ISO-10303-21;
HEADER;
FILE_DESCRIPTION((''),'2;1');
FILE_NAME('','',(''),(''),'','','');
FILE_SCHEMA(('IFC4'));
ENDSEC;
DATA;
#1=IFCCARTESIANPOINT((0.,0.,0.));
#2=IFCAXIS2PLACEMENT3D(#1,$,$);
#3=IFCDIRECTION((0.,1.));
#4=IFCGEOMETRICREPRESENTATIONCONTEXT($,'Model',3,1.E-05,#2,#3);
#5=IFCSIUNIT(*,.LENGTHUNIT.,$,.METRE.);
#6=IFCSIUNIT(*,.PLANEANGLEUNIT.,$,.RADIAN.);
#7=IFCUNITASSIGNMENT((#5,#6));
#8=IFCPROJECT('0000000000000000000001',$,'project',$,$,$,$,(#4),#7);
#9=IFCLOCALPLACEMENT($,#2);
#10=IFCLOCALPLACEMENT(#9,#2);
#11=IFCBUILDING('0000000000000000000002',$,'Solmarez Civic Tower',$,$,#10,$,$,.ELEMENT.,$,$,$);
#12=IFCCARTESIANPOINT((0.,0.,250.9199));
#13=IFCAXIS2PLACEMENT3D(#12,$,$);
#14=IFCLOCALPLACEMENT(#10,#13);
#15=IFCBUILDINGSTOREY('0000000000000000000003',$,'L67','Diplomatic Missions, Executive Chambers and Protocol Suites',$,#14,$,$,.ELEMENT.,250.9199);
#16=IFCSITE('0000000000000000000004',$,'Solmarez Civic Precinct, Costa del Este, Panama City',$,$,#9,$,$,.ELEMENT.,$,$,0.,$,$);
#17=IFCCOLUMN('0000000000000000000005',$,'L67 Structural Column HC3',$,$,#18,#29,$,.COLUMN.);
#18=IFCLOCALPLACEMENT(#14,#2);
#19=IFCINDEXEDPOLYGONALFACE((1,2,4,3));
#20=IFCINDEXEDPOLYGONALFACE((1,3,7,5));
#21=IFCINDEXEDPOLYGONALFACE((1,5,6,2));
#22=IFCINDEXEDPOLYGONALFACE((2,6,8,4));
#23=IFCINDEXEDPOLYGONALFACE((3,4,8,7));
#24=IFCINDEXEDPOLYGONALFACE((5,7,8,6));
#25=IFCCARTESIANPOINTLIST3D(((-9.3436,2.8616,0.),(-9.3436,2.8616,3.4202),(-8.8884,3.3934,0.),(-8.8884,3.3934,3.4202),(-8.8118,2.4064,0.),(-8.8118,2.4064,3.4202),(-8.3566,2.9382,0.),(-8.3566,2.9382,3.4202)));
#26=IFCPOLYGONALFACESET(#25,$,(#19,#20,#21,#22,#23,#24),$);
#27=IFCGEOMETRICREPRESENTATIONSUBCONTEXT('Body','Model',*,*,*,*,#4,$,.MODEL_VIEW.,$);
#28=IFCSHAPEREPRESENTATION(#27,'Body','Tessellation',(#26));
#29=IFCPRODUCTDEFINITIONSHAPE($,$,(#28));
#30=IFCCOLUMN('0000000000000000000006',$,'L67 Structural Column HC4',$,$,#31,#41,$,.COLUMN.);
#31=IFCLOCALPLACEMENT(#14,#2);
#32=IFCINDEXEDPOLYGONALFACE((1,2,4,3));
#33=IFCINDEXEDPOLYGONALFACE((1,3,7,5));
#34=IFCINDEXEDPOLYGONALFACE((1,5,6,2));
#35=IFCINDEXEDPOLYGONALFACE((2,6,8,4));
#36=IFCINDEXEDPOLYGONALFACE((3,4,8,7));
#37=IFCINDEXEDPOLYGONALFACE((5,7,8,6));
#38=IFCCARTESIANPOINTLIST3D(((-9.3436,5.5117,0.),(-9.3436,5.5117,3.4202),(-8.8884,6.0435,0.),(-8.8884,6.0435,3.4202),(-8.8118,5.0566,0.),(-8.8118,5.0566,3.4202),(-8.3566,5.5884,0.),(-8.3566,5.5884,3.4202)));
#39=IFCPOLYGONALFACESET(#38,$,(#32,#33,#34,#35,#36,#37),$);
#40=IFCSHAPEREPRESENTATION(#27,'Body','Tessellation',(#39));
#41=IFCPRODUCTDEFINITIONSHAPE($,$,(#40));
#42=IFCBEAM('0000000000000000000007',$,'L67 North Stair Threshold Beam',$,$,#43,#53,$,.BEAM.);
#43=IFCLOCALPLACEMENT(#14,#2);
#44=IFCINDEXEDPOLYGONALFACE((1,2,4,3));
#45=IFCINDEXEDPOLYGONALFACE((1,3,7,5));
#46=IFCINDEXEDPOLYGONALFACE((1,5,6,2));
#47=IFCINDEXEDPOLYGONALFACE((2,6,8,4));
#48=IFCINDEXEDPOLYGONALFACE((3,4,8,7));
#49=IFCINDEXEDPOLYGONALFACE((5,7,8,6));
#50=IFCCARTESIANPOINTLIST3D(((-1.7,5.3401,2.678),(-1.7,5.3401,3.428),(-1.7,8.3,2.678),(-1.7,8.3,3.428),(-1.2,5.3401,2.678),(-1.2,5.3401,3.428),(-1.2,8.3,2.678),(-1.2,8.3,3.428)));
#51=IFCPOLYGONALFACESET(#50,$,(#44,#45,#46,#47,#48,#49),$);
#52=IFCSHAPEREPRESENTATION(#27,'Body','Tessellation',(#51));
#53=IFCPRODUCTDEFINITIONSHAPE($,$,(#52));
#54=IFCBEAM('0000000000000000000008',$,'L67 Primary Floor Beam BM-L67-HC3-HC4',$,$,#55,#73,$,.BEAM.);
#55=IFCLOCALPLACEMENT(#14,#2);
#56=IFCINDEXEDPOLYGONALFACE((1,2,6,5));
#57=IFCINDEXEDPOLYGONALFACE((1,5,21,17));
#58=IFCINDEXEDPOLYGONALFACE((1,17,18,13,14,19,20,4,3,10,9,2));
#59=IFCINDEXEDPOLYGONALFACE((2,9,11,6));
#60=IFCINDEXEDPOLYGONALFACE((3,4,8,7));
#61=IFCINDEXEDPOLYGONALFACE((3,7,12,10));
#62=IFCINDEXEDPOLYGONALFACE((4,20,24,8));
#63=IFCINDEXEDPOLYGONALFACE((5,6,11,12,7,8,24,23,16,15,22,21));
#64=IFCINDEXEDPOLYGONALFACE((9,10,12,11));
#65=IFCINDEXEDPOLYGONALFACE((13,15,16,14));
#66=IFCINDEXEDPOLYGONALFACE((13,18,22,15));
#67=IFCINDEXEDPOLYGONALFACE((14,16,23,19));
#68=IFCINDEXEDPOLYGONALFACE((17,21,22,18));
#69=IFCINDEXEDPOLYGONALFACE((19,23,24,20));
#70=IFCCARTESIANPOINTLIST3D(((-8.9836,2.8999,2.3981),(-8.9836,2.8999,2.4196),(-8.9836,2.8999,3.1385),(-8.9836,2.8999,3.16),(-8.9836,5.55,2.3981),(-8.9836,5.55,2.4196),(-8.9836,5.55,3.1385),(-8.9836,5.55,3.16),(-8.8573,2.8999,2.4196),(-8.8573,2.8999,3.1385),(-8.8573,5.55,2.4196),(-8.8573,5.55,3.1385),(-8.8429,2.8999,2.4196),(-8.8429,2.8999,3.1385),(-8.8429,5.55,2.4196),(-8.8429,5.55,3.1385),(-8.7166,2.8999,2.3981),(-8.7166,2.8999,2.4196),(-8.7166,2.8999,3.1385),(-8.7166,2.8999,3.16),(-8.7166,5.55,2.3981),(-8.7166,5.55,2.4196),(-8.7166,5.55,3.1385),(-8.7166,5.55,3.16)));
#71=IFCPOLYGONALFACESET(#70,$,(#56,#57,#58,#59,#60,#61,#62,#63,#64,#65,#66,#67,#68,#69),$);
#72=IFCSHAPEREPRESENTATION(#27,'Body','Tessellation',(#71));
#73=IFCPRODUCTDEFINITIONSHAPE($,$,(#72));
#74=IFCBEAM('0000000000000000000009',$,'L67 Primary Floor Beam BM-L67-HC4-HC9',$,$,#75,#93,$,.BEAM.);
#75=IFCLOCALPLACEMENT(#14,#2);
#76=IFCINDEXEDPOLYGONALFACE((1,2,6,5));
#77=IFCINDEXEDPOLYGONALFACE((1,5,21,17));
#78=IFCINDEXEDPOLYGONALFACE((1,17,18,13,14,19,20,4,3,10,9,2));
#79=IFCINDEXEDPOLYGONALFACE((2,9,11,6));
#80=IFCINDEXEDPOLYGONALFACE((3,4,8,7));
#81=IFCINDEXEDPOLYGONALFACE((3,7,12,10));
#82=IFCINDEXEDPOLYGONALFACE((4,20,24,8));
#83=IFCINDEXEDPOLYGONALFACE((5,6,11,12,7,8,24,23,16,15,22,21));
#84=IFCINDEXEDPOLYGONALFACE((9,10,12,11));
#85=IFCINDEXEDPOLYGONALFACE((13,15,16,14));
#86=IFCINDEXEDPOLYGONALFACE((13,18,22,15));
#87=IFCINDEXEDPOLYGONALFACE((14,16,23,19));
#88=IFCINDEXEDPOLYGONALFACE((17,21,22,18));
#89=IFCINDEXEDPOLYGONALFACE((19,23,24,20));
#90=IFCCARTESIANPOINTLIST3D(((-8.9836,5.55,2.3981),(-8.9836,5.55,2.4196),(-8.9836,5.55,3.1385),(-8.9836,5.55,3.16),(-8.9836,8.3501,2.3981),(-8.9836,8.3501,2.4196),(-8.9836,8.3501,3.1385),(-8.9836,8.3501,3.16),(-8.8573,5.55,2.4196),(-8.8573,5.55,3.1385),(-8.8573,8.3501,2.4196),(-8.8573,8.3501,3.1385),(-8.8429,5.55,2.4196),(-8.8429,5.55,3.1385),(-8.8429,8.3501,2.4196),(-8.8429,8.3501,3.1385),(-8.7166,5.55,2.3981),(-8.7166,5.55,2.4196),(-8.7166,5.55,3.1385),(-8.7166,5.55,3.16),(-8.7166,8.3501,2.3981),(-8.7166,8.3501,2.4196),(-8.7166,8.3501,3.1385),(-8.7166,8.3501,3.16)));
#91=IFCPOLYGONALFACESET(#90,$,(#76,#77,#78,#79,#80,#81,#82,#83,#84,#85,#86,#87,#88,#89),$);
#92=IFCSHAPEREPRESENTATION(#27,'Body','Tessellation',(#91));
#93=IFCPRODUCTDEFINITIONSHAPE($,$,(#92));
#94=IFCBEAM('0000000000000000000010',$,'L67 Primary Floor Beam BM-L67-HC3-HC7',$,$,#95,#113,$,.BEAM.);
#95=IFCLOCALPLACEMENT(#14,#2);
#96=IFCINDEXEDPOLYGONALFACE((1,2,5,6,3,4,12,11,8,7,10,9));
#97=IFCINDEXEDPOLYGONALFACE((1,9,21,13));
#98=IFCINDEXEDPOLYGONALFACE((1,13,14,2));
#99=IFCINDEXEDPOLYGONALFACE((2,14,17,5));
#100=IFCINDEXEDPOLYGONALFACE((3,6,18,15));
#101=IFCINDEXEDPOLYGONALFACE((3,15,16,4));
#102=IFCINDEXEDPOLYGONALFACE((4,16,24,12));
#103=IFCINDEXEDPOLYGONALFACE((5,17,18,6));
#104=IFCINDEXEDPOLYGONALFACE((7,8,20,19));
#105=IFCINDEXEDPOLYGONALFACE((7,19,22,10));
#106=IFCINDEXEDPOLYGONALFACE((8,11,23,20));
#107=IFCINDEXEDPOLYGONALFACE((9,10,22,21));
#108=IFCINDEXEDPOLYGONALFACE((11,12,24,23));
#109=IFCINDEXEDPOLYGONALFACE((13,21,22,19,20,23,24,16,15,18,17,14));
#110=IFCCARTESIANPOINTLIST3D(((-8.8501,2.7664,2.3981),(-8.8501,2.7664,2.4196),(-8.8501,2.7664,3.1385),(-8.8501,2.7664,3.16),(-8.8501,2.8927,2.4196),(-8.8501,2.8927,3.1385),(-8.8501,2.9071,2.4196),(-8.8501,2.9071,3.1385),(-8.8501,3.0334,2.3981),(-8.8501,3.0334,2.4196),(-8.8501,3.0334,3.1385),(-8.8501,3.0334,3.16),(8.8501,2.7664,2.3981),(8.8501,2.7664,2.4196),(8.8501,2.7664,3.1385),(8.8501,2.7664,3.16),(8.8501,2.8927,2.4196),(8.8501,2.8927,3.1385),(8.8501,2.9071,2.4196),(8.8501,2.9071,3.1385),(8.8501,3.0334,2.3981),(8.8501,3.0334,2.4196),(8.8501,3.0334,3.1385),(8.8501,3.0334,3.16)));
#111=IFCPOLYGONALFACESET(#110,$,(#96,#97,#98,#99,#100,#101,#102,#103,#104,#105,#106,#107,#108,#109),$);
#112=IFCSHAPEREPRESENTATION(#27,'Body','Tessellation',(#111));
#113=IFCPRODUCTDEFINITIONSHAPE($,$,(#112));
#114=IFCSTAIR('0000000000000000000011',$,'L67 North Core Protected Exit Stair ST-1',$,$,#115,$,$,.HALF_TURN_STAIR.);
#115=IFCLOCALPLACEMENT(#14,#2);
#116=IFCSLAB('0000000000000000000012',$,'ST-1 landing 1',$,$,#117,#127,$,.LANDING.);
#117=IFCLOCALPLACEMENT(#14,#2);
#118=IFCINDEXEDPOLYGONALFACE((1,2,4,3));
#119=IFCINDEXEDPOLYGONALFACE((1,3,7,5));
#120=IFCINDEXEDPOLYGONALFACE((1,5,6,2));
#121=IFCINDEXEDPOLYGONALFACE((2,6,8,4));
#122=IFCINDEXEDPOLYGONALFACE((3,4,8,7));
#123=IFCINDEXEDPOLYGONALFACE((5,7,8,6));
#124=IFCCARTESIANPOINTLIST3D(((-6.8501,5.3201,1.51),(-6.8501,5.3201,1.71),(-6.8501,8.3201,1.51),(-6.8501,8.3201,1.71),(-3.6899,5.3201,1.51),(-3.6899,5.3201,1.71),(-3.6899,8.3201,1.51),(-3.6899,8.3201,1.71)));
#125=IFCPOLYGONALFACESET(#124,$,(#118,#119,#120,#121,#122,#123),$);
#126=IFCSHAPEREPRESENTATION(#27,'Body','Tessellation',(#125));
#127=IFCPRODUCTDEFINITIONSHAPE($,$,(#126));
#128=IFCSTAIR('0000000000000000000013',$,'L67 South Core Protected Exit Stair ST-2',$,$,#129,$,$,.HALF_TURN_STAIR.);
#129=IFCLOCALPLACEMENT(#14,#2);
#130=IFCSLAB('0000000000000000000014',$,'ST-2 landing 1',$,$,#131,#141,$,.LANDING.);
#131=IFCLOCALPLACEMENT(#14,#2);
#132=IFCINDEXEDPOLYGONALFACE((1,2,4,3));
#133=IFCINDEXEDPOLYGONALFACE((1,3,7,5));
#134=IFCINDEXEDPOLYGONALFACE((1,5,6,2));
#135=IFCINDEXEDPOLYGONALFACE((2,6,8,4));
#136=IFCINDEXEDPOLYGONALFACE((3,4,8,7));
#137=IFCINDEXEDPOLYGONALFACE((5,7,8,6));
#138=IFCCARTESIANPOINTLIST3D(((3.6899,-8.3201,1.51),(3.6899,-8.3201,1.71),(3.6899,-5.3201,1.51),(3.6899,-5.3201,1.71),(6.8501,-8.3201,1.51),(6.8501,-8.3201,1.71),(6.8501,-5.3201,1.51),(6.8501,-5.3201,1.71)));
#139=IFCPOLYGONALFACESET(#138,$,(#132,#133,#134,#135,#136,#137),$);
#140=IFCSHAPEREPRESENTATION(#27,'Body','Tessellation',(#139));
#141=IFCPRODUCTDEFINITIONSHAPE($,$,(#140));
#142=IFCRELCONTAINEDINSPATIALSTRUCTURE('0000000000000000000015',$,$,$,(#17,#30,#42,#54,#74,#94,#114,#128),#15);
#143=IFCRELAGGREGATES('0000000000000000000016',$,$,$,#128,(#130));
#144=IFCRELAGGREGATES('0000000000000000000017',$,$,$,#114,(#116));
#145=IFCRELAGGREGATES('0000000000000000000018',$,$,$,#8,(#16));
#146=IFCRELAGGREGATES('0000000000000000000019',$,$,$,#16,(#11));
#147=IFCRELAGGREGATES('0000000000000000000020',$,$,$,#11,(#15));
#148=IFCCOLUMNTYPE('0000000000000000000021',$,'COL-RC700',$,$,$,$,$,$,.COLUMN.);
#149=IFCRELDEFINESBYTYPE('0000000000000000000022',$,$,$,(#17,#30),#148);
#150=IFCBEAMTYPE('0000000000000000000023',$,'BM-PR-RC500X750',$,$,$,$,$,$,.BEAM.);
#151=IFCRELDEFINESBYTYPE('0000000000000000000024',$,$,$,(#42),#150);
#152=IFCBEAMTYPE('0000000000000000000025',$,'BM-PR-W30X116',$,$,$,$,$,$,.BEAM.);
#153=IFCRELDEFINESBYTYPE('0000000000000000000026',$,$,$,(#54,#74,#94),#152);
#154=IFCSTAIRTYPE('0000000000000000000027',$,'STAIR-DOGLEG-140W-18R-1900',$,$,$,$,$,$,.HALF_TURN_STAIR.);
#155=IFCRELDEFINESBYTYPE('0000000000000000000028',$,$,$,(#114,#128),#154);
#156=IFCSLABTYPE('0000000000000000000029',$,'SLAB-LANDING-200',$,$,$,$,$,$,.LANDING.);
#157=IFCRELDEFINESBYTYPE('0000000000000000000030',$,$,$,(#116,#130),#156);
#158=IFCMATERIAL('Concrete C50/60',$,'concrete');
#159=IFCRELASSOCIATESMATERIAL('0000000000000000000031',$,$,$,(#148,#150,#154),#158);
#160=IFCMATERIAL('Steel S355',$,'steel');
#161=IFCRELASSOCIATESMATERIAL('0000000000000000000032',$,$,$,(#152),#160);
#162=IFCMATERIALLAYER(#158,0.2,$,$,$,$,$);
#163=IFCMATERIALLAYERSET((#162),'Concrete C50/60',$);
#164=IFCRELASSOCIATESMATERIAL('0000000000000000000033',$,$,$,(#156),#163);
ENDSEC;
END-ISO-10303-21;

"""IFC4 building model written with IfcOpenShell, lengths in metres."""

from ifc_helpers import new_model, si_unit, direction, frame, origin, origin_2d, place, context, subcontext, project, spatial, polyline, rectangle, i_section, outline, extrude, material, layer, layer_set, material_profile, profile_set, type_object, element, aggregate, save


model = new_model("IFC4")

# Units and contexts
model_context = context("Model", 3, precision=1e-05, world=origin(), true_north=direction((0.0, 1.0)))
body_context = subcontext(model_context, "Body", "Model", "MODEL_VIEW")
ifc_project = project(units=[si_unit("LENGTHUNIT", "METRE"), si_unit("PLANEANGLEUNIT", "RADIAN")], contexts=[model_context])

# Site, building, storey
site_placement = place(None, origin())
site = spatial("IfcSite", under=ifc_project, at=site_placement, Name="Solmarez Civic Precinct, Costa del Este, Panama City", CompositionType="ELEMENT", RefElevation=0.0)
building_placement = place(site_placement, origin())
building = spatial("IfcBuilding", under=site, at=building_placement, Name="Solmarez Civic Tower", CompositionType="ELEMENT")
storey_placement = place(building_placement, frame((0.0, 0.0, 250.9199)))
storey = spatial("IfcBuildingStorey", under=building, at=storey_placement, Name="L67", Description="Diplomatic Missions, Executive Chambers and Protocol Suites", CompositionType="ELEMENT", Elevation=250.9199)

# Columns
ifc_material_1 = material(Name="Concrete C50/60", Category="concrete")
ifc_material_profile_1 = material_profile(ifc_material_1, rectangle(XDim=0.7, YDim=0.7, at=origin_2d()), Name="RC700X700")
ifc_profile_set_1 = profile_set([ifc_material_profile_1], Name="Concrete C50/60")
column_type = type_object("IfcColumnType", Name="COL-RC700", PredefinedType="COLUMN", material=ifc_profile_set_1)
for number, where, z_axis, x_axis, name in (
    (1, (-8.8501, 2.8999, 0.0), (0.0, 0.0, 1.0), (0.650244, 0.759725, 0.0), "L67 Structural Column HC3"),
    (2, (-8.8501, 5.55, 0.0), (0.0, 0.0, 1.0), (0.650244, 0.759725, 0.0), "L67 Structural Column HC4"),
):
    element("IfcColumn", number, at=place(storey_placement, frame(where, z_axis=z_axis, x_axis=x_axis)), inside=storey, type_object=column_type, Name=name, PredefinedType="COLUMN", context=body_context, shape_type="SweptSolid", body=[
        extrude(rectangle(XDim=0.7, YDim=0.7, at=origin_2d()), origin(), (0.0, 0.0, 1.0), 3.4202),
    ])

# Beams
ifc_material_profile_2 = material_profile(ifc_material_1, rectangle(XDim=0.5, YDim=0.75, at=origin_2d()), Name="RC500X750")
ifc_profile_set_2 = profile_set([ifc_material_profile_2], Name="Concrete C50/60")
beam_type_1 = type_object("IfcBeamType", Name="BM-PR-RC500X750", PredefinedType="BEAM", material=ifc_profile_set_2)
beam_1_placement = place(storey_placement, frame((-1.45, 5.3401, 3.053), z_axis=(0.0, 1.0, 0.0), x_axis=(-1.0, 0.0, 0.0)))
element("IfcBeam", 3, at=beam_1_placement, inside=storey, type_object=beam_type_1, Name="L67 North Stair Threshold Beam", PredefinedType="BEAM", context=body_context, shape_type="SweptSolid", body=[
    extrude(rectangle(XDim=0.5, YDim=0.75, at=origin_2d()), origin(), (0.0, 0.0, 1.0), 2.96),
])
ifc_material_2 = material(Name="Steel S355", Category="steel")
ifc_material_profile_3 = material_profile(ifc_material_2, i_section(OverallWidth=0.2671, OverallDepth=0.762, WebThickness=0.0144, FlangeThickness=0.0215, at=origin_2d()), Name="W30X116")
ifc_profile_set_3 = profile_set([ifc_material_profile_3], Name="Steel S355")
beam_type_2 = type_object("IfcBeamType", Name="BM-PR-W30X116", PredefinedType="BEAM", material=ifc_profile_set_3)
beam_2_placement = place(storey_placement, frame((-8.8501, 2.8999, 2.7791), z_axis=(0.0, 1.0, 0.0), x_axis=(-1.0, 0.0, 0.0)))
element("IfcBeam", 4, at=beam_2_placement, inside=storey, type_object=beam_type_2, Name="L67 Primary Floor Beam BM-L67-HC3-HC4", PredefinedType="BEAM", context=body_context, shape_type="SweptSolid", body=[
    extrude(i_section(OverallWidth=0.2671, OverallDepth=0.762, WebThickness=0.0144, FlangeThickness=0.0215, at=origin_2d()), origin(), (0.0, 0.0, 1.0), 2.6501),
])
beam_3_placement = place(storey_placement, frame((-8.8501, 5.55, 2.7791), z_axis=(0.0, 1.0, 0.0), x_axis=(-1.0, 0.0, 0.0)))
element("IfcBeam", 5, at=beam_3_placement, inside=storey, type_object=beam_type_2, Name="L67 Primary Floor Beam BM-L67-HC4-HC9", PredefinedType="BEAM", context=body_context, shape_type="SweptSolid", body=[
    extrude(i_section(OverallWidth=0.2671, OverallDepth=0.762, WebThickness=0.0144, FlangeThickness=0.0215, at=origin_2d()), origin(), (0.0, 0.0, 1.0), 2.8),
])
beam_4_placement = place(storey_placement, frame((-8.8501, 2.8999, 2.7791), z_axis=(1.0, 0.0, 0.0), x_axis=(0.0, 1.0, 0.0)))
element("IfcBeam", 6, at=beam_4_placement, inside=storey, type_object=beam_type_2, Name="L67 Primary Floor Beam BM-L67-HC3-HC7", PredefinedType="BEAM", context=body_context, shape_type="SweptSolid", body=[
    extrude(i_section(OverallWidth=0.2671, OverallDepth=0.762, WebThickness=0.0144, FlangeThickness=0.0215, at=origin_2d()), origin(), (0.0, 0.0, 1.0), 17.7002),
])

# Stairs, slabs
stair_type = type_object("IfcStairType", Name="STAIR-DOGLEG-140W-18R-1900", PredefinedType="HALF_TURN_STAIR", material=ifc_material_1)
stair_1_placement = place(storey_placement, origin())
stair_1 = element("IfcStair", 7, at=stair_1_placement, inside=storey, type_object=stair_type, Name="L67 North Core Protected Exit Stair ST-1", PredefinedType="HALF_TURN_STAIR")
ifc_layer_1 = layer(ifc_material_1, 0.2)
ifc_layer_set_1 = layer_set([ifc_layer_1], Name="Concrete C50/60")
slab_type_1 = type_object("IfcSlabType", Name="SLAB-LANDING-200", PredefinedType="LANDING", material=ifc_layer_set_1)
slab_1_placement = place(storey_placement, frame((0.0, 0.0, 1.51)))
slab_1 = element("IfcSlab", 8, at=slab_1_placement, type_object=slab_type_1, Name="ST-1 landing 1", PredefinedType="LANDING", context=body_context, shape_type="SweptSolid", body=[
    extrude(outline(polyline([(-3.6899, 8.3201), (-6.8501, 8.3201), (-6.8501, 5.3201), (-3.6899, 5.3201), (-3.6899, 8.3201)])), origin(), (0.0, 0.0, 1.0), 0.2),
])
stair_2_placement = place(storey_placement, origin())
stair_2 = element("IfcStair", 9, at=stair_2_placement, inside=storey, type_object=stair_type, Name="L67 South Core Protected Exit Stair ST-2", PredefinedType="HALF_TURN_STAIR")
slab_2_placement = place(storey_placement, frame((0.0, 0.0, 1.51)))
slab_2 = element("IfcSlab", 10, at=slab_2_placement, type_object=slab_type_1, Name="ST-2 landing 1", PredefinedType="LANDING", context=body_context, shape_type="SweptSolid", body=[
    extrude(outline(polyline([(3.6899, -8.3201), (6.8501, -8.3201), (6.8501, -5.3201), (3.6899, -5.3201), (3.6899, -8.3201)])), origin(), (0.0, 0.0, 1.0), 0.2),
])
aggregate(stair_2, [slab_2])

aggregate(stair_1, [slab_1])

save(model, "model.ifc")
